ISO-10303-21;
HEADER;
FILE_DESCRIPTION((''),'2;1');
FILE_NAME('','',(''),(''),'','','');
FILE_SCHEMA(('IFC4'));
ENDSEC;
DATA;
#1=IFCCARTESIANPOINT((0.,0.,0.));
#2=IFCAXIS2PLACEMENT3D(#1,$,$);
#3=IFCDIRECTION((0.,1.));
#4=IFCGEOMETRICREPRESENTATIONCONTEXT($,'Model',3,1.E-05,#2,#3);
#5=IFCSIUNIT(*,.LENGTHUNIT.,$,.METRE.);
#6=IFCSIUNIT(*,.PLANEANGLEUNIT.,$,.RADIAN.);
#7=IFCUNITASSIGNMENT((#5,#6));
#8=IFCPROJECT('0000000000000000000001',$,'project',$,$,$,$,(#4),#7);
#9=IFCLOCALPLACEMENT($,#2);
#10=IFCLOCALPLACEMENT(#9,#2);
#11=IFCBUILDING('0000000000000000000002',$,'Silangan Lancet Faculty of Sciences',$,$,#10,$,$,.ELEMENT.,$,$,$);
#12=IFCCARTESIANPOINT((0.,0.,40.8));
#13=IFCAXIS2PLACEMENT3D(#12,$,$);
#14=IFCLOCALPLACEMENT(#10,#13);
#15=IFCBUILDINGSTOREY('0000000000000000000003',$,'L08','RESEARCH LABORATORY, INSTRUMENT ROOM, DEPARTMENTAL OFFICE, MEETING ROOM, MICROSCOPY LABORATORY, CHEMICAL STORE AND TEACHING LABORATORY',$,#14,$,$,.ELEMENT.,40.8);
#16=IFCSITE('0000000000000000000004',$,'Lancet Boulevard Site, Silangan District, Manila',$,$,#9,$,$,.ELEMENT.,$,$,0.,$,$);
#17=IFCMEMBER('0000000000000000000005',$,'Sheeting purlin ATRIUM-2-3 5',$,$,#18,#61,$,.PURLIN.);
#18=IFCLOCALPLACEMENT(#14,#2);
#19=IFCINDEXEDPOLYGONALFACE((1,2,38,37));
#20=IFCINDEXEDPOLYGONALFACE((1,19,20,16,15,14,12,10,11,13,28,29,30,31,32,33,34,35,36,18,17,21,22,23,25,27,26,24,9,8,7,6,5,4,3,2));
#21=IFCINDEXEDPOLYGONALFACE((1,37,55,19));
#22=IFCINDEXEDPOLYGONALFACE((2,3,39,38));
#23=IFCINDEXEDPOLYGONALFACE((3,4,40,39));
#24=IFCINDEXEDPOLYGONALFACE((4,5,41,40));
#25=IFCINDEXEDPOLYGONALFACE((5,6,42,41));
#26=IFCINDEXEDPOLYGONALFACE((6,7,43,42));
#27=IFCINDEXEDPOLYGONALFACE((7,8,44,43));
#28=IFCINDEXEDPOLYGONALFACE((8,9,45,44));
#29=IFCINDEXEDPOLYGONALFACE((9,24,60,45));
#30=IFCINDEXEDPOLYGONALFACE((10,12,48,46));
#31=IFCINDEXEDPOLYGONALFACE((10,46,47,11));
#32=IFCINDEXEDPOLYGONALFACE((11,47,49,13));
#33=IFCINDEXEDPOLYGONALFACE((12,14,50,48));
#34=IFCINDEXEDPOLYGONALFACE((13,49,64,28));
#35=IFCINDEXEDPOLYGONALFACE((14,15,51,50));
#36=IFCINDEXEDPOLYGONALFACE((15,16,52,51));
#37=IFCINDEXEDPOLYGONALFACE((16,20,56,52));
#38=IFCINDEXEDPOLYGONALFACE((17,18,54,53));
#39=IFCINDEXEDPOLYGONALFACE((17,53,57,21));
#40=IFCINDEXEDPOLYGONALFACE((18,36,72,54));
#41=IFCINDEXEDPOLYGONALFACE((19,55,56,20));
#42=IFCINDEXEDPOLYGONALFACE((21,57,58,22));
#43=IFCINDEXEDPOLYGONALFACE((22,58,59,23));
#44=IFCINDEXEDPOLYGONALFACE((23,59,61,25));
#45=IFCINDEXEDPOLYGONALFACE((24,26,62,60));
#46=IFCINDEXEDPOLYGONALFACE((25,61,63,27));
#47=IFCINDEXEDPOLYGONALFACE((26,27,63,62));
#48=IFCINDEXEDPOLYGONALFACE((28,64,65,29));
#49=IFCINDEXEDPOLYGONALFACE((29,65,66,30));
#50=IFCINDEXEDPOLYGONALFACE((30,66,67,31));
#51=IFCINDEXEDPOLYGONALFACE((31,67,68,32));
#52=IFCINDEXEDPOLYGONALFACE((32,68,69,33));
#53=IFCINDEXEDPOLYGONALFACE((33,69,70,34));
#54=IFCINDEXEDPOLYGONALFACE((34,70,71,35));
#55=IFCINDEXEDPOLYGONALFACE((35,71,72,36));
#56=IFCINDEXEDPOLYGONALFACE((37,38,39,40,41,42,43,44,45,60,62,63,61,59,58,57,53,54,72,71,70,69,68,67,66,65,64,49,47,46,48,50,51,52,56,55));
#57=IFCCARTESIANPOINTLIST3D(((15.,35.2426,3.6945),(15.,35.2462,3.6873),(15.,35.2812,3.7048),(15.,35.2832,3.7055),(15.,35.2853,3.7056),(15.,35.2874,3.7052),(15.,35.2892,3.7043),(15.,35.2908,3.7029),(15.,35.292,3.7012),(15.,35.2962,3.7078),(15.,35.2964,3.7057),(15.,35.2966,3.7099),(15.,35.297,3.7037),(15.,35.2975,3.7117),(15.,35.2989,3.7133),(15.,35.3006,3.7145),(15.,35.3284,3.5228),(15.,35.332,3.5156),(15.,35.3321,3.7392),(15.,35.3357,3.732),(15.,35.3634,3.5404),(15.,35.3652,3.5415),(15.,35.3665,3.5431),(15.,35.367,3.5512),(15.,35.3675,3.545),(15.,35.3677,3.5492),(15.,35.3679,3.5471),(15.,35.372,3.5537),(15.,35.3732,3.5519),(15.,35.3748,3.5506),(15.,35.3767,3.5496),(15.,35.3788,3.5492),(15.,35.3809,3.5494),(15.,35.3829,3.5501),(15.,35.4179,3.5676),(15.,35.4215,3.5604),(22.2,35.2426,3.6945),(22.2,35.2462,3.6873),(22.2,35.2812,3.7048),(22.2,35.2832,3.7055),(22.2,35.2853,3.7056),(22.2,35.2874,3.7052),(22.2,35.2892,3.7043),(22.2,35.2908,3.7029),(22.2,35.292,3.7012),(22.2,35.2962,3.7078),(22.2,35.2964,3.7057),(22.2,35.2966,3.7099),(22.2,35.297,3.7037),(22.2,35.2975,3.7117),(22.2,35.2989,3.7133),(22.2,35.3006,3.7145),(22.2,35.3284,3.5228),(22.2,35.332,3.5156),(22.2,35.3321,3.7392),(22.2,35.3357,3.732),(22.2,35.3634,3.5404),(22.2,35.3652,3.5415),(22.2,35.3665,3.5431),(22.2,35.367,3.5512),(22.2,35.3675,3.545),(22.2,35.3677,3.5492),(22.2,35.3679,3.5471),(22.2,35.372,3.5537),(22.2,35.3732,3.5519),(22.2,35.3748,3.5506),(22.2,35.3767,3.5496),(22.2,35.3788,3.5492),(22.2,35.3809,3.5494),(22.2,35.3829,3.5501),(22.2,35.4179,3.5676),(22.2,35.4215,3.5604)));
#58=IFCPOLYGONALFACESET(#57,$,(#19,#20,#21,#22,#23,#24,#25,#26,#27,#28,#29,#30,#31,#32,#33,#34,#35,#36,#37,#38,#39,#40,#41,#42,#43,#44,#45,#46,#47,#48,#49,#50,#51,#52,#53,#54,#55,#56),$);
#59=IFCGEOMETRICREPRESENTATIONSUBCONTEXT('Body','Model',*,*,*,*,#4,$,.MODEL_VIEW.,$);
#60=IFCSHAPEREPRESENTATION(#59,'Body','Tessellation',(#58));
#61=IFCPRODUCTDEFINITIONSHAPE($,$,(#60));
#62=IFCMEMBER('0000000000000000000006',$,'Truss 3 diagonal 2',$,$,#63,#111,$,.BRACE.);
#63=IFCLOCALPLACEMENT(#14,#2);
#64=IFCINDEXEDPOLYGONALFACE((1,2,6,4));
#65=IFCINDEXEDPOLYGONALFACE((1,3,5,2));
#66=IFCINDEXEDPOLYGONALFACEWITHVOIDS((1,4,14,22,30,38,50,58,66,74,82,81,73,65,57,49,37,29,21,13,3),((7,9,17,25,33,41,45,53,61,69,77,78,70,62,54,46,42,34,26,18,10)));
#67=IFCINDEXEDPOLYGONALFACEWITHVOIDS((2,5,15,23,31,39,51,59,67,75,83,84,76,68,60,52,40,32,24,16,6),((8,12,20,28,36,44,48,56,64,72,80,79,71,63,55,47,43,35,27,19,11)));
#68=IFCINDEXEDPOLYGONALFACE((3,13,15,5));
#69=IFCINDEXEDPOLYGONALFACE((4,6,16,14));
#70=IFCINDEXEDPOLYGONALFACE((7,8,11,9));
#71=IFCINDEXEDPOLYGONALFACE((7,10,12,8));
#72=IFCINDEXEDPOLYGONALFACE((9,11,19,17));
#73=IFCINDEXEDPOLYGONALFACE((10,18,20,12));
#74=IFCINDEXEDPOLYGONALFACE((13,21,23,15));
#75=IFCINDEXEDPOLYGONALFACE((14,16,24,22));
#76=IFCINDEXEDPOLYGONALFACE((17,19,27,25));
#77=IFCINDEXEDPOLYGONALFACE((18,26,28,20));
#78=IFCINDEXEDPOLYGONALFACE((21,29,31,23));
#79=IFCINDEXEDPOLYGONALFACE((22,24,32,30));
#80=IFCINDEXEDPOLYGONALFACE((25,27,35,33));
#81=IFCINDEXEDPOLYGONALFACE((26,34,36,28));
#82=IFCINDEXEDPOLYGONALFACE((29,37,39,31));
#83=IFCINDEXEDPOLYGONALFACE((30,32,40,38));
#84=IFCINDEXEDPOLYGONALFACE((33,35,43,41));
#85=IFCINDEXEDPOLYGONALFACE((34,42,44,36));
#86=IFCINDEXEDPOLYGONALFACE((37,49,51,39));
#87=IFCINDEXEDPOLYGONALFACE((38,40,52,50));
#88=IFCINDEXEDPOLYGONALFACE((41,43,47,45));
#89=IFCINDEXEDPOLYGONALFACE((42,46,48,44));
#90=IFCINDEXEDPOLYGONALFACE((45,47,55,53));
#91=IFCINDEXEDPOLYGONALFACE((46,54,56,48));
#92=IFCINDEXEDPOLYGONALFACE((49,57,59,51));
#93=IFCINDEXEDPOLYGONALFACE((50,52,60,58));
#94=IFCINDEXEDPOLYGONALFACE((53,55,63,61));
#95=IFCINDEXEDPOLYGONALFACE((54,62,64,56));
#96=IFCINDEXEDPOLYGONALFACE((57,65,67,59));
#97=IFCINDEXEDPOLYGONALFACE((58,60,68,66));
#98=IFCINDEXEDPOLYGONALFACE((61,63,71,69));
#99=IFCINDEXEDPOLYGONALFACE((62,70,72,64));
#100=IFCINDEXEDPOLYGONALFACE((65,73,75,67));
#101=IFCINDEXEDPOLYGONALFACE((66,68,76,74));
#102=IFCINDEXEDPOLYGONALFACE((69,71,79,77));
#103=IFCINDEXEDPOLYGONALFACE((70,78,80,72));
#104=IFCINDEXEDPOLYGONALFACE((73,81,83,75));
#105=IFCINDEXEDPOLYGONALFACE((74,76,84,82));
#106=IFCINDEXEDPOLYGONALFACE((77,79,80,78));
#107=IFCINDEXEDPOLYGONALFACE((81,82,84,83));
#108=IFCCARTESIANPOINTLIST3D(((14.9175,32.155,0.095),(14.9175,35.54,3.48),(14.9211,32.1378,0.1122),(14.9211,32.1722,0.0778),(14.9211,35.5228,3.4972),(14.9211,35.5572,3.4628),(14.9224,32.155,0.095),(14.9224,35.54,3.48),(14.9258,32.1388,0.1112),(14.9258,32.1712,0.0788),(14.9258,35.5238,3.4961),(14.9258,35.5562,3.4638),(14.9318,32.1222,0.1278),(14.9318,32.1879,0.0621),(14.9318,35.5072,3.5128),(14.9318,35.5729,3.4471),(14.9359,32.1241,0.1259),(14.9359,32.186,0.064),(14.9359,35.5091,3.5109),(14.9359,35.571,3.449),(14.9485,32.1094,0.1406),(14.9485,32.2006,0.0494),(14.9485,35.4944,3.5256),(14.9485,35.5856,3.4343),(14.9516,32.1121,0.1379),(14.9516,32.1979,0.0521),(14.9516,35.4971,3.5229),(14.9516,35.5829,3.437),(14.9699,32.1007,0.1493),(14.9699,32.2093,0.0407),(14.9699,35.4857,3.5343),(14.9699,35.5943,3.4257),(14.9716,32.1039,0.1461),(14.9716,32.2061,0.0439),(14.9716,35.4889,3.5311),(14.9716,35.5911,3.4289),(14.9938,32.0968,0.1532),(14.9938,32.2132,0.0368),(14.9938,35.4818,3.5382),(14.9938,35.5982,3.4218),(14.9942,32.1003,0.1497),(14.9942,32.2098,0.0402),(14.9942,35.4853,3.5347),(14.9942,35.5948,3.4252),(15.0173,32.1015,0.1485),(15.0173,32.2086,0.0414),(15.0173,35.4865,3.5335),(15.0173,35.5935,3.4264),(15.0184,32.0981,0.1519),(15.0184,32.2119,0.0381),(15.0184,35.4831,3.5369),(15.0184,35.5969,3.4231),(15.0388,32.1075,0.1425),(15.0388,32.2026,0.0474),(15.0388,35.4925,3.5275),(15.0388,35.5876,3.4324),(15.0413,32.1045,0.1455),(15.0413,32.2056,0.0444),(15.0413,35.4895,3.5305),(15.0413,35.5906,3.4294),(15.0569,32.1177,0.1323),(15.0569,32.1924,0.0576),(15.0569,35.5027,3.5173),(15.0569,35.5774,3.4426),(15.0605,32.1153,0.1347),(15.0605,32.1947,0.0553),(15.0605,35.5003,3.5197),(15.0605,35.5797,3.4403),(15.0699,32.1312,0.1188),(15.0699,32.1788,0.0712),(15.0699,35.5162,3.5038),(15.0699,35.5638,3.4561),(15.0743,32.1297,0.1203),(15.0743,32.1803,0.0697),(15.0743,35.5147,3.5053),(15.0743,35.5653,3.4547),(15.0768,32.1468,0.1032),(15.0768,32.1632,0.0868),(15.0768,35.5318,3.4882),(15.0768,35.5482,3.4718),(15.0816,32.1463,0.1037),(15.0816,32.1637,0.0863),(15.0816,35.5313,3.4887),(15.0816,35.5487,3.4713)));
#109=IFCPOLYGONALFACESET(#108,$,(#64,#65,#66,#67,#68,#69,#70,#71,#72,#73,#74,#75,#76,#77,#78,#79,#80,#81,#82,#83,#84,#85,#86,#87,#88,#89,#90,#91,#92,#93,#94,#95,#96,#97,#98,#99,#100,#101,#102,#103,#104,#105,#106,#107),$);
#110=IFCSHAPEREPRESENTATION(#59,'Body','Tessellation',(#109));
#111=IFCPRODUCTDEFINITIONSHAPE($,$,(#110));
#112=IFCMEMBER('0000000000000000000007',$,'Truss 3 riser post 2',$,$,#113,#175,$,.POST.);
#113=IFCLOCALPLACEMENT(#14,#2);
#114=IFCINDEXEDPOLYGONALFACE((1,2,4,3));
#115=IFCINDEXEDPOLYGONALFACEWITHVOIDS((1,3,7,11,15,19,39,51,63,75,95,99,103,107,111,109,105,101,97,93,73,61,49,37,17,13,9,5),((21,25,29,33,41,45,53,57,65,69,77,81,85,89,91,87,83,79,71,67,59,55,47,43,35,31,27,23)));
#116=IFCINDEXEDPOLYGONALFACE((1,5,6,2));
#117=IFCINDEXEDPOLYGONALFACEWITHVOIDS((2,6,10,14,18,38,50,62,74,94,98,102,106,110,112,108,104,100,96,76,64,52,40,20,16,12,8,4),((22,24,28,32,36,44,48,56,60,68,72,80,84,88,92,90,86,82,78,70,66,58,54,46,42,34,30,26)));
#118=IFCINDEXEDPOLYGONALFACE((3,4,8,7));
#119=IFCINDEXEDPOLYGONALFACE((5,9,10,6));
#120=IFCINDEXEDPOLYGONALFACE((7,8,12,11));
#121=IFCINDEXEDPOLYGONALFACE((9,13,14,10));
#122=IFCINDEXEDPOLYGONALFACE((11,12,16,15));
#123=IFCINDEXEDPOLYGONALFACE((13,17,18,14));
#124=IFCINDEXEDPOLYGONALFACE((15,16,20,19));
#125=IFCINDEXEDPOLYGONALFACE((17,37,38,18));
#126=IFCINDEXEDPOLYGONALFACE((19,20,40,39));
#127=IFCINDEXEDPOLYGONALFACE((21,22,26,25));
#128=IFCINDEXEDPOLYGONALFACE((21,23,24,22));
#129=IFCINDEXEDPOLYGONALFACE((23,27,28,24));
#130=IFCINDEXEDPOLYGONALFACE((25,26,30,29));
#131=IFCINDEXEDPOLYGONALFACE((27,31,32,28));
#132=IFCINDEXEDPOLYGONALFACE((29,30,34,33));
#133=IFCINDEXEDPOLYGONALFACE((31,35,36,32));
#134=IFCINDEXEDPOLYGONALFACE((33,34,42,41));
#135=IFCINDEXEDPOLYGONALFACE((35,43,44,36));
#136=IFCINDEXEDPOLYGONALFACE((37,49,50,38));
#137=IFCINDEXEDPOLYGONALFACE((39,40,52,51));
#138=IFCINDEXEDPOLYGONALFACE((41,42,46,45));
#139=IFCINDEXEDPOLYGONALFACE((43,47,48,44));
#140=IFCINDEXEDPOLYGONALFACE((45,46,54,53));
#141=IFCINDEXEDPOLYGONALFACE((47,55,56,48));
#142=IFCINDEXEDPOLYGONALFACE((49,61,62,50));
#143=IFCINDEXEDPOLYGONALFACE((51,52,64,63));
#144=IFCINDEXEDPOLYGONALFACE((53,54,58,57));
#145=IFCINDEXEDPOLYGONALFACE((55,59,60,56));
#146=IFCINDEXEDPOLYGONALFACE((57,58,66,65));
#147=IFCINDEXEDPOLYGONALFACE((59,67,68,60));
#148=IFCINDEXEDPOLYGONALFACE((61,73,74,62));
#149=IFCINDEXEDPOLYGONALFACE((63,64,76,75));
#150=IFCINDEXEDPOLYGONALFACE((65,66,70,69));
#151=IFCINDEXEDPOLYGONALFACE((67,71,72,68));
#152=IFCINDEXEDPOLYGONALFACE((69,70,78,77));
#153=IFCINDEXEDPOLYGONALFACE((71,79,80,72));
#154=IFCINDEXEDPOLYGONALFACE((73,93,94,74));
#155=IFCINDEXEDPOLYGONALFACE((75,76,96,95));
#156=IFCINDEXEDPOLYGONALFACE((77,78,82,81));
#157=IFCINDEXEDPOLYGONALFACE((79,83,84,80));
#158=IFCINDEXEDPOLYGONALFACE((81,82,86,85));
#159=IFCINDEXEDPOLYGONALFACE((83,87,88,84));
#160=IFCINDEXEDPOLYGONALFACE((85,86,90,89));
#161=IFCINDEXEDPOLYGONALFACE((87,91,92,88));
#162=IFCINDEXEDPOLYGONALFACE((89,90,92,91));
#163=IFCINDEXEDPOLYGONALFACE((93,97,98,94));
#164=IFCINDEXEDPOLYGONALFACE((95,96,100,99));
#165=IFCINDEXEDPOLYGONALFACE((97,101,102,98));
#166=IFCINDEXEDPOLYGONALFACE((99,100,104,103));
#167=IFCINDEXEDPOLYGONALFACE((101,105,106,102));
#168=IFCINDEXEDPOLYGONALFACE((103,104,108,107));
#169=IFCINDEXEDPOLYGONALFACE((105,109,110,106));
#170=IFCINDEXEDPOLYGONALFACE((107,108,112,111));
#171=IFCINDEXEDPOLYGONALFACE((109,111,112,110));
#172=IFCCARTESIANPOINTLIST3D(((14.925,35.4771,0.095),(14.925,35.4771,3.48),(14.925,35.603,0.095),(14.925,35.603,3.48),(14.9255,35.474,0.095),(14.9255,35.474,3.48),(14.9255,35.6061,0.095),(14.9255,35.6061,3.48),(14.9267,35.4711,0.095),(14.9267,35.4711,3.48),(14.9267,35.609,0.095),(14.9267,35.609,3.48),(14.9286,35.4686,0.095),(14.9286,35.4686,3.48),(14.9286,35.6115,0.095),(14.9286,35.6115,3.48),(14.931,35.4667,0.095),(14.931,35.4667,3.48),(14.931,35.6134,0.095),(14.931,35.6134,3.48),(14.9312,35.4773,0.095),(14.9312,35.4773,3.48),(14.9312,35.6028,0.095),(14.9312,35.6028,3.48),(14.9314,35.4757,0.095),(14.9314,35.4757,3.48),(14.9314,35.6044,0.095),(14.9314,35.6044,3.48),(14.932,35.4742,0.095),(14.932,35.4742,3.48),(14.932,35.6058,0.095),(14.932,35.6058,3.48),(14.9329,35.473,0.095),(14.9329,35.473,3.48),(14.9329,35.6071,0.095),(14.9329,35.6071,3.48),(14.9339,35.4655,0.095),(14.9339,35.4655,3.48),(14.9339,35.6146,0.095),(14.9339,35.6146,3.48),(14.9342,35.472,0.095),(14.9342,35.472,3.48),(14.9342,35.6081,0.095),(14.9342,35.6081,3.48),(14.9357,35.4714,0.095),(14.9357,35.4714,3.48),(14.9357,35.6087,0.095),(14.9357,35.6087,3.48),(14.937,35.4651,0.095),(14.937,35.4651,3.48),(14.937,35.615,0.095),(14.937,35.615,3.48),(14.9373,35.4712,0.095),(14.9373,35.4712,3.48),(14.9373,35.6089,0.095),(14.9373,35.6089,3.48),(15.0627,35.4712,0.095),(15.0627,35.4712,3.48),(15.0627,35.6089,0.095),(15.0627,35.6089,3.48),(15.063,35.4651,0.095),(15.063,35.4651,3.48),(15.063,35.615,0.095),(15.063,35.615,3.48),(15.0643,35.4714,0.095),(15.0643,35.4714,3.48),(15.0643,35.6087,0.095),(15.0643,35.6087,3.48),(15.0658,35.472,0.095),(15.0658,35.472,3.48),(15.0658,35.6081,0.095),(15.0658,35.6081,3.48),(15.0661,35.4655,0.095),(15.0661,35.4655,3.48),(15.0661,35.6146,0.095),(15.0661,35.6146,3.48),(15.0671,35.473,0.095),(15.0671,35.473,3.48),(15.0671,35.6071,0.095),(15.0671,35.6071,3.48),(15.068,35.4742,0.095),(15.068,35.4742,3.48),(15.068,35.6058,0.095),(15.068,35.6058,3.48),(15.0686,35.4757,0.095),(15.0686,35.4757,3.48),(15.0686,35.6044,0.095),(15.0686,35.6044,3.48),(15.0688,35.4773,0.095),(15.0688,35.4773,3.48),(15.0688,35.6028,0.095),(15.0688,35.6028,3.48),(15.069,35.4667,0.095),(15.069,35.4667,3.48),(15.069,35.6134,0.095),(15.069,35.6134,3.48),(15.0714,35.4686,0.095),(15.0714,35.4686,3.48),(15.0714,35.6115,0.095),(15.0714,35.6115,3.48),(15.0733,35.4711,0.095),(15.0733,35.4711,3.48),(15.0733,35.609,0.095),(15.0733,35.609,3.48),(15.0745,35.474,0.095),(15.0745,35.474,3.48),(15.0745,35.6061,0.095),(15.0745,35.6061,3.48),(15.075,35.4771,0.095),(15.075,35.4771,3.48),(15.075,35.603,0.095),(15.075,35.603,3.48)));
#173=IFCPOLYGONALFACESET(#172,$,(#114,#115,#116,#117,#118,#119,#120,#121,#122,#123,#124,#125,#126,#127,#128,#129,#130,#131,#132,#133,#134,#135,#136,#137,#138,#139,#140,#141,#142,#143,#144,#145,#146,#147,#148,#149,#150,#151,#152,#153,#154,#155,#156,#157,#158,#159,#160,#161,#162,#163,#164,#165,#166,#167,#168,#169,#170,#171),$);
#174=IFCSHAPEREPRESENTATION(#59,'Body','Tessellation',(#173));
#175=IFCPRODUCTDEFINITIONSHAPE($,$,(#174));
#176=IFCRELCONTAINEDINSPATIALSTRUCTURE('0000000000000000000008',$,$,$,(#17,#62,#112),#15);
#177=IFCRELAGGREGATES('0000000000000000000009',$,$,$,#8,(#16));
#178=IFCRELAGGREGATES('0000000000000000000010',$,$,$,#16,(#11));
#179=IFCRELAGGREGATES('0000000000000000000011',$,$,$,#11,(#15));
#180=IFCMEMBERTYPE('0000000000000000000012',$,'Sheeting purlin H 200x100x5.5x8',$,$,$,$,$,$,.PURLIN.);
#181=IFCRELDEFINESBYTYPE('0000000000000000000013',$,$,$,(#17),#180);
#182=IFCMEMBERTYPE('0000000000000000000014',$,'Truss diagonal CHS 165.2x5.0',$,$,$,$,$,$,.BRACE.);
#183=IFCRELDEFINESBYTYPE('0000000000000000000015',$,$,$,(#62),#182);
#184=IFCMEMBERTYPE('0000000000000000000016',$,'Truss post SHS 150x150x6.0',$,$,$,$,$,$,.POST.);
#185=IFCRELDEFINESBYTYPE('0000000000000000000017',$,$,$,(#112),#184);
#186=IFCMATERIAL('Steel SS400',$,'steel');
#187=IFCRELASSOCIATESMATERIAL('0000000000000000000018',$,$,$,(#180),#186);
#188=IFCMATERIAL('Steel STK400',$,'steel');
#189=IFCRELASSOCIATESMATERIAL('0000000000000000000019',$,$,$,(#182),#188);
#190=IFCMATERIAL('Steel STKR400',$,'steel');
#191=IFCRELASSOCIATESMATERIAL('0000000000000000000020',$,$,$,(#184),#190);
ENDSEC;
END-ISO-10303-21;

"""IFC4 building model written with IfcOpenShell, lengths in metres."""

from ifc_helpers import new_model, si_unit, direction, frame, origin, origin_2d, place, context, subcontext, project, spatial, hollow_rectangle, hollow_circle, i_section, extrude, material, material_profile, profile_set, type_object, element, save


model = new_model("IFC4")

# Units and contexts
model_context = context("Model", 3, precision=1e-05, world=origin(), true_north=direction((0.0, 1.0)))
body_context = subcontext(model_context, "Body", "Model", "MODEL_VIEW")
ifc_project = project(units=[si_unit("LENGTHUNIT", "METRE"), si_unit("PLANEANGLEUNIT", "RADIAN")], contexts=[model_context])

# Site, building, storey
site_placement = place(None, origin())
site = spatial("IfcSite", under=ifc_project, at=site_placement, Name="Lancet Boulevard Site, Silangan District, Manila", CompositionType="ELEMENT", RefElevation=0.0)
building_placement = place(site_placement, origin())
building = spatial("IfcBuilding", under=site, at=building_placement, Name="Silangan Lancet Faculty of Sciences", CompositionType="ELEMENT")
storey_placement = place(building_placement, frame((0.0, 0.0, 40.8)))
storey = spatial("IfcBuildingStorey", under=building, at=storey_placement, Name="L08", Description="RESEARCH LABORATORY, INSTRUMENT ROOM, DEPARTMENTAL OFFICE, MEETING ROOM, MICROSCOPY LABORATORY, CHEMICAL STORE AND TEACHING LABORATORY", CompositionType="ELEMENT", Elevation=40.8)

# Members
ifc_material_1 = material(Name="Steel SS400", Category="steel")
ifc_material_profile_1 = material_profile(ifc_material_1, i_section(OverallWidth=0.1001, OverallDepth=0.2, WebThickness=0.0056, FlangeThickness=0.0081, FilletRadius=0.0081, at=origin_2d()), Name="H 200x100x5.5x8")
ifc_profile_set_1 = profile_set([ifc_material_profile_1], Name="Steel SS400")
member_type_1 = type_object("IfcMemberType", Name="Sheeting purlin H 200x100x5.5x8", PredefinedType="PURLIN", material=ifc_profile_set_1)
for number, where, z_axis, x_axis, name in (
    (1, (15.0, 35.332, 3.6274), (1.0, 0.0, 0.0), (0.0, 0.894427, 0.447214), "Sheeting purlin ATRIUM-2-3 5"),
):
    element("IfcMember", number, at=place(storey_placement, frame(where, z_axis=z_axis, x_axis=x_axis)), inside=storey, type_object=member_type_1, Name=name, PredefinedType="PURLIN", context=body_context, shape_type="SweptSolid", body=[
        extrude(i_section(OverallWidth=0.1001, OverallDepth=0.2, WebThickness=0.0056, FlangeThickness=0.0081, FilletRadius=0.0081, at=origin_2d()), origin(), (0.0, 0.0, 1.0), 7.2),
    ])
ifc_material_2 = material(Name="Steel STK400", Category="steel")
ifc_material_profile_2 = material_profile(ifc_material_2, hollow_circle(Radius=0.0825, WallThickness=0.0049, at=origin_2d()), Name="CHS 165.2x5.0")
ifc_profile_set_2 = profile_set([ifc_material_profile_2], Name="Steel STK400")
member_type_2 = type_object("IfcMemberType", Name="Truss diagonal CHS 165.2x5.0", PredefinedType="BRACE", material=ifc_profile_set_2)
member_1_placement = place(storey_placement, frame((15.0, 32.155, 0.095), z_axis=(0.0, 0.707107, 0.707107), x_axis=(-1.0, 0.0, 0.0)))
element("IfcMember", 2, at=member_1_placement, inside=storey, type_object=member_type_2, Name="Truss 3 diagonal 2", PredefinedType="BRACE", context=body_context, shape_type="SweptSolid", body=[
    extrude(hollow_circle(Radius=0.0825, WallThickness=0.0049, at=origin_2d()), origin(), (0.0, 0.0, 1.0), 4.7871),
])
ifc_material_3 = material(Name="Steel STKR400", Category="steel")
ifc_material_profile_3 = material_profile(ifc_material_3, hollow_rectangle(XDim=0.1499, YDim=0.1499, WallThickness=0.0061, InnerFilletRadius=0.0061, OuterFilletRadius=0.012, at=origin_2d()), Name="SHS 150x150x6.0")
ifc_profile_set_3 = profile_set([ifc_material_profile_3], Name="Steel STKR400")
member_type_3 = type_object("IfcMemberType", Name="Truss post SHS 150x150x6.0", PredefinedType="POST", material=ifc_profile_set_3)
member_2_placement = place(storey_placement, frame((15.0, 35.54, 0.095), z_axis=(0.0, 0.0, 1.0), x_axis=(1.0, 0.0, 0.0)))
element("IfcMember", 3, at=member_2_placement, inside=storey, type_object=member_type_3, Name="Truss 3 riser post 2", PredefinedType="POST", context=body_context, shape_type="SweptSolid", body=[
    extrude(hollow_rectangle(XDim=0.1499, YDim=0.1499, WallThickness=0.0061, InnerFilletRadius=0.0061, OuterFilletRadius=0.012, at=origin_2d()), origin(), (0.0, 0.0, 1.0), 3.385),
])

save(model, "model.ifc")
